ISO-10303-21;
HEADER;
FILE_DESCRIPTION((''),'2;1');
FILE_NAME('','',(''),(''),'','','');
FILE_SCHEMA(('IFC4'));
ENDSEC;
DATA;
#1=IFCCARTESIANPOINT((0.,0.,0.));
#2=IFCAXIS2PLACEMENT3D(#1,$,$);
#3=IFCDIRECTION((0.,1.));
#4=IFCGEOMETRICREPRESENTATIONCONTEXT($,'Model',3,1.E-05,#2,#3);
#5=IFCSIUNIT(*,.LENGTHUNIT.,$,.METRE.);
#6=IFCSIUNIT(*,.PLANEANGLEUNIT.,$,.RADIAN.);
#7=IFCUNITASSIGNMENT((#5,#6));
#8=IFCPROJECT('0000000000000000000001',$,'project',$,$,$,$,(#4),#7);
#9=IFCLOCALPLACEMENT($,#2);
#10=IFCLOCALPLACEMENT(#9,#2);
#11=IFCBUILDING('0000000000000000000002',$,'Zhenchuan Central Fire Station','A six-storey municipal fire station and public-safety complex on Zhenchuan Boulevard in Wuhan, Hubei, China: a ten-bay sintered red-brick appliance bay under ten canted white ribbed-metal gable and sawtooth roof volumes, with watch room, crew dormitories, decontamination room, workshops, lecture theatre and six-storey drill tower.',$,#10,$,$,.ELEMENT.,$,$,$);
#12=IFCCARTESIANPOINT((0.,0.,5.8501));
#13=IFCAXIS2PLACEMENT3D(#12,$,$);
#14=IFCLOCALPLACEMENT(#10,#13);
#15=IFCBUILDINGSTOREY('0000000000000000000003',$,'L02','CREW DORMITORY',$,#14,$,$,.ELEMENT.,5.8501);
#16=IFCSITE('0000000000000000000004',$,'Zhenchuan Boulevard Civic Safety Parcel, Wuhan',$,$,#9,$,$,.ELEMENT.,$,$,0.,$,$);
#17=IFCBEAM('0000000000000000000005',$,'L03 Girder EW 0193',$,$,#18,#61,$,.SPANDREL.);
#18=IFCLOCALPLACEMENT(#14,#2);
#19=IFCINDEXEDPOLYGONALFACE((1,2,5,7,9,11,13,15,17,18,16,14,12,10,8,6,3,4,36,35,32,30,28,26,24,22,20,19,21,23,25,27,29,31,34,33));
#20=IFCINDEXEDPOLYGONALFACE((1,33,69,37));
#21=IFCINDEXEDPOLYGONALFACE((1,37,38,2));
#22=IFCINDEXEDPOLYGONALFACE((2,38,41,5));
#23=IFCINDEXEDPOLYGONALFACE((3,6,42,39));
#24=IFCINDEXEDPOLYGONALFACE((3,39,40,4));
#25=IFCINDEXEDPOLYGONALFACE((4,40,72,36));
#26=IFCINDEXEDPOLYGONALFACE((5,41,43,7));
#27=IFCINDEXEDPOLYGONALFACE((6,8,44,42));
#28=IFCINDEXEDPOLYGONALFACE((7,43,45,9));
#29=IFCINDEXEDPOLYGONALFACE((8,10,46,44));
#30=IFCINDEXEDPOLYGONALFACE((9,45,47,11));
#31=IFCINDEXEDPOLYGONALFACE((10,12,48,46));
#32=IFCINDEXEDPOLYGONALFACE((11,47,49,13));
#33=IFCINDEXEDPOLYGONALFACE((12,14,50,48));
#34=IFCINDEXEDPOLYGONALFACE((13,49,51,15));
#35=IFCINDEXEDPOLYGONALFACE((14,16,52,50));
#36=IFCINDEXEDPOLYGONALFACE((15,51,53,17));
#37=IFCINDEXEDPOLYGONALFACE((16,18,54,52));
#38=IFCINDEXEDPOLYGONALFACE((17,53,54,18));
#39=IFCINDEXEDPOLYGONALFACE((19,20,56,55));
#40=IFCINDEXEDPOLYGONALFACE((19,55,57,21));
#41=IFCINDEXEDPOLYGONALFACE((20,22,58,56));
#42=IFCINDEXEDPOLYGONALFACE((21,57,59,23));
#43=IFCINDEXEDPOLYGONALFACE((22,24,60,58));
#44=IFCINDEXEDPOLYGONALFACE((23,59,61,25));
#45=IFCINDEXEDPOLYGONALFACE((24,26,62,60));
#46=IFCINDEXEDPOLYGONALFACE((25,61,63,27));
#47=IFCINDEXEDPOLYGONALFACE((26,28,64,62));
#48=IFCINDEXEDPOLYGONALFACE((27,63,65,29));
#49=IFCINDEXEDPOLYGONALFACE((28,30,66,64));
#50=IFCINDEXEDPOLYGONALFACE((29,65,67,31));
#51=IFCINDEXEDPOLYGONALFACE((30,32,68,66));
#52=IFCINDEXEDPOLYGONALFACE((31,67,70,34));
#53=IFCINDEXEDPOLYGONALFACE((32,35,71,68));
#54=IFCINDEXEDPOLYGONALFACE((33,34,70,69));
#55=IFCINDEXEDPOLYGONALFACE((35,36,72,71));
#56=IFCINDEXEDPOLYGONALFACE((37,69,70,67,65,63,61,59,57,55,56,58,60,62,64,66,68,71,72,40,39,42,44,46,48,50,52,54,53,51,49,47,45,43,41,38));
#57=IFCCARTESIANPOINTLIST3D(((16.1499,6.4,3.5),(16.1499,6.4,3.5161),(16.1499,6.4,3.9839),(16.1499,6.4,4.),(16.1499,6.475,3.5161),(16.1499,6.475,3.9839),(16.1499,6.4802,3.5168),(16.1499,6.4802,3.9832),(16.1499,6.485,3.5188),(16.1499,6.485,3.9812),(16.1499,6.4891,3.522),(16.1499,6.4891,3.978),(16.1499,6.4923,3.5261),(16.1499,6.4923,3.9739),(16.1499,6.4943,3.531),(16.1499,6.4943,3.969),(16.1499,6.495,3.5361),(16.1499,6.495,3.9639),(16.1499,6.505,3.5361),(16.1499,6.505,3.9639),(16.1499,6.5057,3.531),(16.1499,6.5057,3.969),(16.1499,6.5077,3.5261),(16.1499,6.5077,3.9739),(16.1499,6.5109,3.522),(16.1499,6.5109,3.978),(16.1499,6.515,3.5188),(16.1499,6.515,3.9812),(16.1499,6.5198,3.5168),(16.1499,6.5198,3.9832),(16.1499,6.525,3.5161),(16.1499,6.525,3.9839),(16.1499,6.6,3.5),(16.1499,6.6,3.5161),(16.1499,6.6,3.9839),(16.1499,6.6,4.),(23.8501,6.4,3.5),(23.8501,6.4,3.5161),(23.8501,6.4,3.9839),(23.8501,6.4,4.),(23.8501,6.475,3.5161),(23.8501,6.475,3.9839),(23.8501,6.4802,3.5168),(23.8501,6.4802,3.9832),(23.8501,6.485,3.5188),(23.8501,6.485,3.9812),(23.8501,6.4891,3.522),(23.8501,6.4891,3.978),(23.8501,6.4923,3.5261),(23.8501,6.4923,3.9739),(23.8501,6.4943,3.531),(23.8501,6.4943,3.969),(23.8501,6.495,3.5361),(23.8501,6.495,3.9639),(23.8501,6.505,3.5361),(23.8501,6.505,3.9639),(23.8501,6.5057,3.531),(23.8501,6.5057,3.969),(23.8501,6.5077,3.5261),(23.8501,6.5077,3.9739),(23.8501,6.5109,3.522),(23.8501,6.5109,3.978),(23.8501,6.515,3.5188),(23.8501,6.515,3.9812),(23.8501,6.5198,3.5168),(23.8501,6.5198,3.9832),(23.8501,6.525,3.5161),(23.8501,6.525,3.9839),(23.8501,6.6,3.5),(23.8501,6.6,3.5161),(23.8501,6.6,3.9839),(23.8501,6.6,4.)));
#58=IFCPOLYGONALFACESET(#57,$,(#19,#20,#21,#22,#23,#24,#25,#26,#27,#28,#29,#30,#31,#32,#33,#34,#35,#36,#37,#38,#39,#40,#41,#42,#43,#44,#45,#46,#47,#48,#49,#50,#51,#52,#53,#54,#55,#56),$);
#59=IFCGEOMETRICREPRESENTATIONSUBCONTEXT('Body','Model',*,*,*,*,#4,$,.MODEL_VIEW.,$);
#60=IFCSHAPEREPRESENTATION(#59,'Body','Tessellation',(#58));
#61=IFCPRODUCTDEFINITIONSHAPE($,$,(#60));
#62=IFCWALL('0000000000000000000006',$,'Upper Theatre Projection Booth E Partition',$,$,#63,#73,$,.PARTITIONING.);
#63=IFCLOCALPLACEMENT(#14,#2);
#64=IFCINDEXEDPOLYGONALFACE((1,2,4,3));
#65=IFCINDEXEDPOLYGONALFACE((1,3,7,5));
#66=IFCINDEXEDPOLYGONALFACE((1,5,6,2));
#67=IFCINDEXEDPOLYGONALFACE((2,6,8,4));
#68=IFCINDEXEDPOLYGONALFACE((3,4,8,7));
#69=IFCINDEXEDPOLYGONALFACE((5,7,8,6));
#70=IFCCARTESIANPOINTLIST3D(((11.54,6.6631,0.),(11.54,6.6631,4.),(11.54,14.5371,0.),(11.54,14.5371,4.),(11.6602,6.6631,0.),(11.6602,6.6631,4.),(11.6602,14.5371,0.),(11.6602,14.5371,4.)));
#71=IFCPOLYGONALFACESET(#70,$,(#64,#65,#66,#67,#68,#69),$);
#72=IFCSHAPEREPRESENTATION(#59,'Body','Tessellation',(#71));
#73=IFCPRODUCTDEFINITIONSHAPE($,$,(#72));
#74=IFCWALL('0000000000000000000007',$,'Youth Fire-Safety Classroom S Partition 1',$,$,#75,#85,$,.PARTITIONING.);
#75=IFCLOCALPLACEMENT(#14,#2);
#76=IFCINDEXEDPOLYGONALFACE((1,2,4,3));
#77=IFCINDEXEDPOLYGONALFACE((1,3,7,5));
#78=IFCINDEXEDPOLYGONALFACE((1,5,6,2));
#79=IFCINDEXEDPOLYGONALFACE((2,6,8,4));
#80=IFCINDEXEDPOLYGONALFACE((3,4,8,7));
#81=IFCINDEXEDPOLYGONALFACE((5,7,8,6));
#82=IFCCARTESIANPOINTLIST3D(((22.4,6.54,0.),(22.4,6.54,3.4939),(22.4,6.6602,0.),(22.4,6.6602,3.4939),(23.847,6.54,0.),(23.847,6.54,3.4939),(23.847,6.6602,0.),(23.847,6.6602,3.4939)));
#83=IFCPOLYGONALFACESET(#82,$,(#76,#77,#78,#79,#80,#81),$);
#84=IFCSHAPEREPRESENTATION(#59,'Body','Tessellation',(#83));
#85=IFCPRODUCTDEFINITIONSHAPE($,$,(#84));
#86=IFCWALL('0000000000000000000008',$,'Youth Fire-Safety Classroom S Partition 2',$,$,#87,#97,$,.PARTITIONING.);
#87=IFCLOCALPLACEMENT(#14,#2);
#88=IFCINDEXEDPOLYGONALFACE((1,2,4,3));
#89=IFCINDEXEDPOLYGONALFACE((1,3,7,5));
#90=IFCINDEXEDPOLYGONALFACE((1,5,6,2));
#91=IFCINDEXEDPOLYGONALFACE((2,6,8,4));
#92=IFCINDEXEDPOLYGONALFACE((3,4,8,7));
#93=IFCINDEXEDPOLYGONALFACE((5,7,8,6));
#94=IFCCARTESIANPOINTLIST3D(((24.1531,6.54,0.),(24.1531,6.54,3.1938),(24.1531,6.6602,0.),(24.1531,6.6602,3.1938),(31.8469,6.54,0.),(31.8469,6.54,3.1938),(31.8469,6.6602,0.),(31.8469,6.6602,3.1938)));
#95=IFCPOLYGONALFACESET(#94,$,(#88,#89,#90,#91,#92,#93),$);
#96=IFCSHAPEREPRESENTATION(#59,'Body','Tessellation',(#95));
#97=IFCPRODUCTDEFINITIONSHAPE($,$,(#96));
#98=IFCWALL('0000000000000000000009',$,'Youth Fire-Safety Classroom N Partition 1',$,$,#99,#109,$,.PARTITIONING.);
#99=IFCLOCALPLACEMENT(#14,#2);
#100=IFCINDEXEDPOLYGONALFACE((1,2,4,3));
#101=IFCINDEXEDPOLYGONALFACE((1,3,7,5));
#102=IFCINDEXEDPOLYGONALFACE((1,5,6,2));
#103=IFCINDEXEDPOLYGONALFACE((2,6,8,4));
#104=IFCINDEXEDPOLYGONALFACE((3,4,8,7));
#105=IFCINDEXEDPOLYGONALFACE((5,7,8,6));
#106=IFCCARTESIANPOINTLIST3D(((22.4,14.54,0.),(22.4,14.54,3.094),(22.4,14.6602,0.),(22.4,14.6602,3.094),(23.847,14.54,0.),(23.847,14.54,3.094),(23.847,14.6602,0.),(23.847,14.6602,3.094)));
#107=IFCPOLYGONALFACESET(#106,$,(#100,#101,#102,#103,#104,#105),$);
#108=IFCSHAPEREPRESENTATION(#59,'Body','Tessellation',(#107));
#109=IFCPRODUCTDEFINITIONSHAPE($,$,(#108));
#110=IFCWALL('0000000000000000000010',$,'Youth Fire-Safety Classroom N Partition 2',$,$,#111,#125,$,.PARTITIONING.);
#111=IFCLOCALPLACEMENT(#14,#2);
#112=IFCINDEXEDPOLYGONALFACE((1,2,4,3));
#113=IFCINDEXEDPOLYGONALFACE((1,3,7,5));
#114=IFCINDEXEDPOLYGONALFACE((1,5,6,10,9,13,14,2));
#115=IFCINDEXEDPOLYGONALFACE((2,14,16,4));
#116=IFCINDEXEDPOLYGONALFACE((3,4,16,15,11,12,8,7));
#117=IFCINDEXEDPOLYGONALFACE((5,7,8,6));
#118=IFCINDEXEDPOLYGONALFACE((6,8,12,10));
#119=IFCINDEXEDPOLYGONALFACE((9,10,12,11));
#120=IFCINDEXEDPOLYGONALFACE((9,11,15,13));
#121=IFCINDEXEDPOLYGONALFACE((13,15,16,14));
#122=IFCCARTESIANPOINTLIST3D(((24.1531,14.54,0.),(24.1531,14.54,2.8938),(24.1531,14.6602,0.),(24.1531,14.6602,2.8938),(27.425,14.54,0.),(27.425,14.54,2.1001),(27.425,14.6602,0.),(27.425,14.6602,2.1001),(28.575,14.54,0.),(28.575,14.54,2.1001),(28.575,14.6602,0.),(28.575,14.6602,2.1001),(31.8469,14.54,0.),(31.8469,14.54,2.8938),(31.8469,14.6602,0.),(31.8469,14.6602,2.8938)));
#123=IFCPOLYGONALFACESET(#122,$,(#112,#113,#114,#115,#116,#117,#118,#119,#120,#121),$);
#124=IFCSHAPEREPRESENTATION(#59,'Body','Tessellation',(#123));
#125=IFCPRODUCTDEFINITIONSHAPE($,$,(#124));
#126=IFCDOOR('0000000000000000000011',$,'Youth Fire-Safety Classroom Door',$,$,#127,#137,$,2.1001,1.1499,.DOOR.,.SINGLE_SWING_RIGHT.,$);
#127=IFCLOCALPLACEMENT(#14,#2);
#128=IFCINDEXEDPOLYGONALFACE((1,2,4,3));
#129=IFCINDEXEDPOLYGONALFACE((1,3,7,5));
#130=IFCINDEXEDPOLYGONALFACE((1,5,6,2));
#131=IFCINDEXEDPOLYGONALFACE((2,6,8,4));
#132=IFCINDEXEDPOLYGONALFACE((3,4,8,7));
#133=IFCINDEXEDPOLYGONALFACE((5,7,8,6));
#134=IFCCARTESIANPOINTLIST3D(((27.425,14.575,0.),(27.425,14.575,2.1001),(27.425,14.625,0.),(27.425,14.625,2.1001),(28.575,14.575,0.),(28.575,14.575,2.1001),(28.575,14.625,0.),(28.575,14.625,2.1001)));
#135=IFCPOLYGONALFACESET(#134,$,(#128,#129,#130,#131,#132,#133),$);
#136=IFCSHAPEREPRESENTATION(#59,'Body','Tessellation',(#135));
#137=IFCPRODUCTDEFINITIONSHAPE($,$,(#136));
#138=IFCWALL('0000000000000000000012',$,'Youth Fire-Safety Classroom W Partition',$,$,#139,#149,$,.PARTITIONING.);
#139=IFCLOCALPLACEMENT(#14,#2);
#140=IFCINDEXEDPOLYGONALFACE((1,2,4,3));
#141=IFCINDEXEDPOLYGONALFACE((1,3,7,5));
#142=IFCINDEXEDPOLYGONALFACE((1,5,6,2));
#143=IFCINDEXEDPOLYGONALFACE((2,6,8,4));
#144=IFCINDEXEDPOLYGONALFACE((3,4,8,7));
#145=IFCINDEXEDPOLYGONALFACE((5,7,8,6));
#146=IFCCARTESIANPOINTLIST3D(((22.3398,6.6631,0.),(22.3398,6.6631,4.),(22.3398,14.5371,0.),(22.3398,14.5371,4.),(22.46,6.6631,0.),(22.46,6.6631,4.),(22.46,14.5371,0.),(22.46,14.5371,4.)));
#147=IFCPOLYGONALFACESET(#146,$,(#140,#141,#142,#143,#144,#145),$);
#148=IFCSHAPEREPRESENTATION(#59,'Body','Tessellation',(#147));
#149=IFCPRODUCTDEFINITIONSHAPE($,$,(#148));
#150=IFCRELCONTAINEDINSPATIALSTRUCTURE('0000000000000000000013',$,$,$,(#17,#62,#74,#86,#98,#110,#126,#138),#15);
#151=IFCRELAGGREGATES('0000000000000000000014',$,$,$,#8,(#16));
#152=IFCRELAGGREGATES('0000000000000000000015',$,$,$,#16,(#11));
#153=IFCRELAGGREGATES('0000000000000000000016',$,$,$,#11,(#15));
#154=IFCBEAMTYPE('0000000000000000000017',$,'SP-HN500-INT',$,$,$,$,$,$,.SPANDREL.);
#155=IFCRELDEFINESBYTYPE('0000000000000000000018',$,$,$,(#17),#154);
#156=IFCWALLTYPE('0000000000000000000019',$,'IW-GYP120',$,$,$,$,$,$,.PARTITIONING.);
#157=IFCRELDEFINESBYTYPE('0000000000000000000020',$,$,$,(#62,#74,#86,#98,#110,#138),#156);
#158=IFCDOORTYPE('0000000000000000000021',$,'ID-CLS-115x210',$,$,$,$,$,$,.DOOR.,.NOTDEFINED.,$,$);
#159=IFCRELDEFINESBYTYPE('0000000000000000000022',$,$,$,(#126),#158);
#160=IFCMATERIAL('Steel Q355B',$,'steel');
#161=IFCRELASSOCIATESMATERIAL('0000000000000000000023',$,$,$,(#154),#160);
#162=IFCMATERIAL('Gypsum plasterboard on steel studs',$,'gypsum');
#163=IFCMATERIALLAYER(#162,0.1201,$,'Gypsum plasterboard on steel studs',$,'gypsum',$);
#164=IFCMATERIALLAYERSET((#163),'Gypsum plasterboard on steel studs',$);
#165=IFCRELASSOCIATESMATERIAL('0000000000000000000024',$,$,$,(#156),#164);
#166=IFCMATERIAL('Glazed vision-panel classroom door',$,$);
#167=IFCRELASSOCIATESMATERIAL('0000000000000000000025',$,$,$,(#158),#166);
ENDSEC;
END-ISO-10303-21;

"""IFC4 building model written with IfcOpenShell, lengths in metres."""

from ifc_helpers import new_model, si_unit, direction, frame, frame_2d, origin, origin_2d, place, context, subcontext, project, spatial, rectangle, i_section, extrude, material, layer, layer_set, material_profile, profile_set, type_object, element, fill, save


model = new_model("IFC4")

# Units and contexts
model_context = context("Model", 3, precision=1e-05, world=origin(), true_north=direction((0.0, 1.0)))
body_context = subcontext(model_context, "Body", "Model", "MODEL_VIEW")
ifc_project = project(units=[si_unit("LENGTHUNIT", "METRE"), si_unit("PLANEANGLEUNIT", "RADIAN")], contexts=[model_context])

# Site, building, storey
site_placement = place(None, origin())
site = spatial("IfcSite", under=ifc_project, at=site_placement, Name="Zhenchuan Boulevard Civic Safety Parcel, Wuhan", CompositionType="ELEMENT", RefElevation=0.0)
building_placement = place(site_placement, origin())
building = spatial("IfcBuilding", under=site, at=building_placement, Name="Zhenchuan Central Fire Station", Description="A six-storey municipal fire station and public-safety complex on Zhenchuan Boulevard in Wuhan, Hubei, China: a ten-bay sintered red-brick appliance bay under ten canted white ribbed-metal gable and sawtooth roof volumes, with watch room, crew dormitories, decontamination room, workshops, lecture theatre and six-storey drill tower.", CompositionType="ELEMENT")
storey_placement = place(building_placement, frame((0.0, 0.0, 5.8501)))
storey = spatial("IfcBuildingStorey", under=building, at=storey_placement, Name="L02", Description="CREW DORMITORY", CompositionType="ELEMENT", Elevation=5.8501)

# Shared definitions
ifc_material_1 = material(Name="Steel Q355B", Category="steel")

# Beam
ifc_material_profile_1 = material_profile(ifc_material_1, i_section(OverallWidth=0.2, OverallDepth=0.5, WebThickness=0.01, FlangeThickness=0.0161, FilletRadius=0.02, at=origin_2d()), Name="HN 500x200")
ifc_profile_set_1 = profile_set([ifc_material_profile_1], Name="Steel Q355B")
beam_type_1 = type_object("IfcBeamType", Name="SP-HN500-INT", PredefinedType="SPANDREL", material=ifc_profile_set_1)
beam_1_placement = place(storey_placement, frame((16.1499, 6.5, 3.75), z_axis=(1.0, 0.0, 0.0), x_axis=(0.0, 1.0, 0.0)))
element("IfcBeam", 1, at=beam_1_placement, inside=storey, type_object=beam_type_1, Name="L03 Girder EW 0193", PredefinedType="SPANDREL", context=body_context, shape_type="SweptSolid", body=[
    extrude(i_section(OverallWidth=0.2, OverallDepth=0.5, WebThickness=0.01, FlangeThickness=0.0161, FilletRadius=0.02, at=origin_2d()), origin(), (0.0, 0.0, 1.0), 7.7002),
])

# Walls
ifc_material_2 = material(Name="Gypsum plasterboard on steel studs", Category="gypsum")
ifc_layer = layer(ifc_material_2, 0.1201, Name="Gypsum plasterboard on steel studs", Category="gypsum")
ifc_layer_set = layer_set([ifc_layer], Name="Gypsum plasterboard on steel studs")
wall_type = type_object("IfcWallType", Name="IW-GYP120", PredefinedType="PARTITIONING", material=ifc_layer_set)
wall_1_placement = place(storey_placement, frame((11.6001, 6.6631, 0.0), z_axis=(0.0, 0.0, 1.0), x_axis=(0.0, 1.0, 0.0)))
element("IfcWall", 2, at=wall_1_placement, inside=storey, type_object=wall_type, Name="Upper Theatre Projection Booth E Partition", PredefinedType="PARTITIONING", context=body_context, shape_type="SweptSolid", body=[
    extrude(rectangle(XDim=7.874, YDim=0.1201, at=frame_2d((3.937, 0.0))), origin(), (0.0, 0.0, 1.0), 4.0),
])
wall_2_placement = place(storey_placement, frame((22.3999, 6.6001, 0.0), z_axis=(0.0, 0.0, 1.0), x_axis=(1.0, 0.0, 0.0)))
element("IfcWall", 3, at=wall_2_placement, inside=storey, type_object=wall_type, Name="Youth Fire-Safety Classroom S Partition 1", PredefinedType="PARTITIONING", context=body_context, shape_type="SweptSolid", body=[
    extrude(rectangle(XDim=1.447, YDim=0.1201, at=frame_2d((0.7236, 0.0))), origin(), (0.0, 0.0, 1.0), 3.4939),
])
wall_3_placement = place(storey_placement, frame((24.1531, 6.6001, 0.0), z_axis=(0.0, 0.0, 1.0), x_axis=(1.0, 0.0, 0.0)))
element("IfcWall", 4, at=wall_3_placement, inside=storey, type_object=wall_type, Name="Youth Fire-Safety Classroom S Partition 2", PredefinedType="PARTITIONING", context=body_context, shape_type="SweptSolid", body=[
    extrude(rectangle(XDim=7.6938, YDim=0.1201, at=frame_2d((3.8469, 0.0))), origin(), (0.0, 0.0, 1.0), 3.1938),
])
wall_4_placement = place(storey_placement, frame((22.3999, 14.6001, 0.0), z_axis=(0.0, 0.0, 1.0), x_axis=(1.0, 0.0, 0.0)))
element("IfcWall", 5, at=wall_4_placement, inside=storey, type_object=wall_type, Name="Youth Fire-Safety Classroom N Partition 1", PredefinedType="PARTITIONING", context=body_context, shape_type="SweptSolid", body=[
    extrude(rectangle(XDim=1.447, YDim=0.1201, at=frame_2d((0.7236, 0.0))), origin(), (0.0, 0.0, 1.0), 3.094),
])

# Wall, opening, door
wall_5_placement = place(storey_placement, frame((24.1531, 14.6001, 0.0), z_axis=(0.0, 0.0, 1.0), x_axis=(1.0, 0.0, 0.0)))
wall_5 = element("IfcWall", 6, at=wall_5_placement, inside=storey, type_object=wall_type, Name="Youth Fire-Safety Classroom N Partition 2", PredefinedType="PARTITIONING", context=body_context, shape_type="SweptSolid", body=[
    extrude(rectangle(XDim=7.6938, YDim=0.1201, at=frame_2d((3.8469, 0.0))), origin(), (0.0, 0.0, 1.0), 2.8938),
])
opening_placement = place(wall_5_placement, frame((3.272, 0.0, 0.0)))
opening = element("IfcOpeningElement", 7, at=opening_placement, cuts=wall_5, PredefinedType="OPENING", context=body_context, shape_type="SweptSolid", body=[
    extrude(rectangle(XDim=1.1499, YDim=2.1001, at=frame_2d((0.575, 1.05))), frame((0.0, 0.0701, 0.0), z_axis=(0.0, -1.0, 0.0), x_axis=(1.0, 0.0, 0.0)), (0.0, 0.0, 1.0), 0.1401),
])
ifc_material_3 = material(Name="Glazed vision-panel classroom door")
door_type = type_object("IfcDoorType", Name="ID-CLS-115x210", OperationType="NOTDEFINED", PredefinedType="DOOR", material=ifc_material_3)
door_placement = place(opening_placement, origin())
door = element("IfcDoor", 8, at=door_placement, inside=storey, type_object=door_type, Name="Youth Fire-Safety Classroom Door", OperationType="SINGLE_SWING_RIGHT", OverallHeight=2.1001, OverallWidth=1.1499, PredefinedType="DOOR", context=body_context, shape_type="SweptSolid", body=[
    extrude(rectangle(XDim=1.1499, YDim=2.1001, at=frame_2d((0.575, 1.05))), frame((0.0, 0.0249, 0.0), z_axis=(0.0, -1.0, 0.0), x_axis=(1.0, 0.0, 0.0)), (0.0, 0.0, 1.0), 0.05),
])
fill(opening, door)

# Wall
wall_6_placement = place(storey_placement, frame((22.3999, 6.6631, 0.0), z_axis=(0.0, 0.0, 1.0), x_axis=(0.0, 1.0, 0.0)))
element("IfcWall", 9, at=wall_6_placement, inside=storey, type_object=wall_type, Name="Youth Fire-Safety Classroom W Partition", PredefinedType="PARTITIONING", context=body_context, shape_type="SweptSolid", body=[
    extrude(rectangle(XDim=7.874, YDim=0.1201, at=frame_2d((3.937, 0.0))), origin(), (0.0, 0.0, 1.0), 4.0),
])

save(model, "model.ifc")
